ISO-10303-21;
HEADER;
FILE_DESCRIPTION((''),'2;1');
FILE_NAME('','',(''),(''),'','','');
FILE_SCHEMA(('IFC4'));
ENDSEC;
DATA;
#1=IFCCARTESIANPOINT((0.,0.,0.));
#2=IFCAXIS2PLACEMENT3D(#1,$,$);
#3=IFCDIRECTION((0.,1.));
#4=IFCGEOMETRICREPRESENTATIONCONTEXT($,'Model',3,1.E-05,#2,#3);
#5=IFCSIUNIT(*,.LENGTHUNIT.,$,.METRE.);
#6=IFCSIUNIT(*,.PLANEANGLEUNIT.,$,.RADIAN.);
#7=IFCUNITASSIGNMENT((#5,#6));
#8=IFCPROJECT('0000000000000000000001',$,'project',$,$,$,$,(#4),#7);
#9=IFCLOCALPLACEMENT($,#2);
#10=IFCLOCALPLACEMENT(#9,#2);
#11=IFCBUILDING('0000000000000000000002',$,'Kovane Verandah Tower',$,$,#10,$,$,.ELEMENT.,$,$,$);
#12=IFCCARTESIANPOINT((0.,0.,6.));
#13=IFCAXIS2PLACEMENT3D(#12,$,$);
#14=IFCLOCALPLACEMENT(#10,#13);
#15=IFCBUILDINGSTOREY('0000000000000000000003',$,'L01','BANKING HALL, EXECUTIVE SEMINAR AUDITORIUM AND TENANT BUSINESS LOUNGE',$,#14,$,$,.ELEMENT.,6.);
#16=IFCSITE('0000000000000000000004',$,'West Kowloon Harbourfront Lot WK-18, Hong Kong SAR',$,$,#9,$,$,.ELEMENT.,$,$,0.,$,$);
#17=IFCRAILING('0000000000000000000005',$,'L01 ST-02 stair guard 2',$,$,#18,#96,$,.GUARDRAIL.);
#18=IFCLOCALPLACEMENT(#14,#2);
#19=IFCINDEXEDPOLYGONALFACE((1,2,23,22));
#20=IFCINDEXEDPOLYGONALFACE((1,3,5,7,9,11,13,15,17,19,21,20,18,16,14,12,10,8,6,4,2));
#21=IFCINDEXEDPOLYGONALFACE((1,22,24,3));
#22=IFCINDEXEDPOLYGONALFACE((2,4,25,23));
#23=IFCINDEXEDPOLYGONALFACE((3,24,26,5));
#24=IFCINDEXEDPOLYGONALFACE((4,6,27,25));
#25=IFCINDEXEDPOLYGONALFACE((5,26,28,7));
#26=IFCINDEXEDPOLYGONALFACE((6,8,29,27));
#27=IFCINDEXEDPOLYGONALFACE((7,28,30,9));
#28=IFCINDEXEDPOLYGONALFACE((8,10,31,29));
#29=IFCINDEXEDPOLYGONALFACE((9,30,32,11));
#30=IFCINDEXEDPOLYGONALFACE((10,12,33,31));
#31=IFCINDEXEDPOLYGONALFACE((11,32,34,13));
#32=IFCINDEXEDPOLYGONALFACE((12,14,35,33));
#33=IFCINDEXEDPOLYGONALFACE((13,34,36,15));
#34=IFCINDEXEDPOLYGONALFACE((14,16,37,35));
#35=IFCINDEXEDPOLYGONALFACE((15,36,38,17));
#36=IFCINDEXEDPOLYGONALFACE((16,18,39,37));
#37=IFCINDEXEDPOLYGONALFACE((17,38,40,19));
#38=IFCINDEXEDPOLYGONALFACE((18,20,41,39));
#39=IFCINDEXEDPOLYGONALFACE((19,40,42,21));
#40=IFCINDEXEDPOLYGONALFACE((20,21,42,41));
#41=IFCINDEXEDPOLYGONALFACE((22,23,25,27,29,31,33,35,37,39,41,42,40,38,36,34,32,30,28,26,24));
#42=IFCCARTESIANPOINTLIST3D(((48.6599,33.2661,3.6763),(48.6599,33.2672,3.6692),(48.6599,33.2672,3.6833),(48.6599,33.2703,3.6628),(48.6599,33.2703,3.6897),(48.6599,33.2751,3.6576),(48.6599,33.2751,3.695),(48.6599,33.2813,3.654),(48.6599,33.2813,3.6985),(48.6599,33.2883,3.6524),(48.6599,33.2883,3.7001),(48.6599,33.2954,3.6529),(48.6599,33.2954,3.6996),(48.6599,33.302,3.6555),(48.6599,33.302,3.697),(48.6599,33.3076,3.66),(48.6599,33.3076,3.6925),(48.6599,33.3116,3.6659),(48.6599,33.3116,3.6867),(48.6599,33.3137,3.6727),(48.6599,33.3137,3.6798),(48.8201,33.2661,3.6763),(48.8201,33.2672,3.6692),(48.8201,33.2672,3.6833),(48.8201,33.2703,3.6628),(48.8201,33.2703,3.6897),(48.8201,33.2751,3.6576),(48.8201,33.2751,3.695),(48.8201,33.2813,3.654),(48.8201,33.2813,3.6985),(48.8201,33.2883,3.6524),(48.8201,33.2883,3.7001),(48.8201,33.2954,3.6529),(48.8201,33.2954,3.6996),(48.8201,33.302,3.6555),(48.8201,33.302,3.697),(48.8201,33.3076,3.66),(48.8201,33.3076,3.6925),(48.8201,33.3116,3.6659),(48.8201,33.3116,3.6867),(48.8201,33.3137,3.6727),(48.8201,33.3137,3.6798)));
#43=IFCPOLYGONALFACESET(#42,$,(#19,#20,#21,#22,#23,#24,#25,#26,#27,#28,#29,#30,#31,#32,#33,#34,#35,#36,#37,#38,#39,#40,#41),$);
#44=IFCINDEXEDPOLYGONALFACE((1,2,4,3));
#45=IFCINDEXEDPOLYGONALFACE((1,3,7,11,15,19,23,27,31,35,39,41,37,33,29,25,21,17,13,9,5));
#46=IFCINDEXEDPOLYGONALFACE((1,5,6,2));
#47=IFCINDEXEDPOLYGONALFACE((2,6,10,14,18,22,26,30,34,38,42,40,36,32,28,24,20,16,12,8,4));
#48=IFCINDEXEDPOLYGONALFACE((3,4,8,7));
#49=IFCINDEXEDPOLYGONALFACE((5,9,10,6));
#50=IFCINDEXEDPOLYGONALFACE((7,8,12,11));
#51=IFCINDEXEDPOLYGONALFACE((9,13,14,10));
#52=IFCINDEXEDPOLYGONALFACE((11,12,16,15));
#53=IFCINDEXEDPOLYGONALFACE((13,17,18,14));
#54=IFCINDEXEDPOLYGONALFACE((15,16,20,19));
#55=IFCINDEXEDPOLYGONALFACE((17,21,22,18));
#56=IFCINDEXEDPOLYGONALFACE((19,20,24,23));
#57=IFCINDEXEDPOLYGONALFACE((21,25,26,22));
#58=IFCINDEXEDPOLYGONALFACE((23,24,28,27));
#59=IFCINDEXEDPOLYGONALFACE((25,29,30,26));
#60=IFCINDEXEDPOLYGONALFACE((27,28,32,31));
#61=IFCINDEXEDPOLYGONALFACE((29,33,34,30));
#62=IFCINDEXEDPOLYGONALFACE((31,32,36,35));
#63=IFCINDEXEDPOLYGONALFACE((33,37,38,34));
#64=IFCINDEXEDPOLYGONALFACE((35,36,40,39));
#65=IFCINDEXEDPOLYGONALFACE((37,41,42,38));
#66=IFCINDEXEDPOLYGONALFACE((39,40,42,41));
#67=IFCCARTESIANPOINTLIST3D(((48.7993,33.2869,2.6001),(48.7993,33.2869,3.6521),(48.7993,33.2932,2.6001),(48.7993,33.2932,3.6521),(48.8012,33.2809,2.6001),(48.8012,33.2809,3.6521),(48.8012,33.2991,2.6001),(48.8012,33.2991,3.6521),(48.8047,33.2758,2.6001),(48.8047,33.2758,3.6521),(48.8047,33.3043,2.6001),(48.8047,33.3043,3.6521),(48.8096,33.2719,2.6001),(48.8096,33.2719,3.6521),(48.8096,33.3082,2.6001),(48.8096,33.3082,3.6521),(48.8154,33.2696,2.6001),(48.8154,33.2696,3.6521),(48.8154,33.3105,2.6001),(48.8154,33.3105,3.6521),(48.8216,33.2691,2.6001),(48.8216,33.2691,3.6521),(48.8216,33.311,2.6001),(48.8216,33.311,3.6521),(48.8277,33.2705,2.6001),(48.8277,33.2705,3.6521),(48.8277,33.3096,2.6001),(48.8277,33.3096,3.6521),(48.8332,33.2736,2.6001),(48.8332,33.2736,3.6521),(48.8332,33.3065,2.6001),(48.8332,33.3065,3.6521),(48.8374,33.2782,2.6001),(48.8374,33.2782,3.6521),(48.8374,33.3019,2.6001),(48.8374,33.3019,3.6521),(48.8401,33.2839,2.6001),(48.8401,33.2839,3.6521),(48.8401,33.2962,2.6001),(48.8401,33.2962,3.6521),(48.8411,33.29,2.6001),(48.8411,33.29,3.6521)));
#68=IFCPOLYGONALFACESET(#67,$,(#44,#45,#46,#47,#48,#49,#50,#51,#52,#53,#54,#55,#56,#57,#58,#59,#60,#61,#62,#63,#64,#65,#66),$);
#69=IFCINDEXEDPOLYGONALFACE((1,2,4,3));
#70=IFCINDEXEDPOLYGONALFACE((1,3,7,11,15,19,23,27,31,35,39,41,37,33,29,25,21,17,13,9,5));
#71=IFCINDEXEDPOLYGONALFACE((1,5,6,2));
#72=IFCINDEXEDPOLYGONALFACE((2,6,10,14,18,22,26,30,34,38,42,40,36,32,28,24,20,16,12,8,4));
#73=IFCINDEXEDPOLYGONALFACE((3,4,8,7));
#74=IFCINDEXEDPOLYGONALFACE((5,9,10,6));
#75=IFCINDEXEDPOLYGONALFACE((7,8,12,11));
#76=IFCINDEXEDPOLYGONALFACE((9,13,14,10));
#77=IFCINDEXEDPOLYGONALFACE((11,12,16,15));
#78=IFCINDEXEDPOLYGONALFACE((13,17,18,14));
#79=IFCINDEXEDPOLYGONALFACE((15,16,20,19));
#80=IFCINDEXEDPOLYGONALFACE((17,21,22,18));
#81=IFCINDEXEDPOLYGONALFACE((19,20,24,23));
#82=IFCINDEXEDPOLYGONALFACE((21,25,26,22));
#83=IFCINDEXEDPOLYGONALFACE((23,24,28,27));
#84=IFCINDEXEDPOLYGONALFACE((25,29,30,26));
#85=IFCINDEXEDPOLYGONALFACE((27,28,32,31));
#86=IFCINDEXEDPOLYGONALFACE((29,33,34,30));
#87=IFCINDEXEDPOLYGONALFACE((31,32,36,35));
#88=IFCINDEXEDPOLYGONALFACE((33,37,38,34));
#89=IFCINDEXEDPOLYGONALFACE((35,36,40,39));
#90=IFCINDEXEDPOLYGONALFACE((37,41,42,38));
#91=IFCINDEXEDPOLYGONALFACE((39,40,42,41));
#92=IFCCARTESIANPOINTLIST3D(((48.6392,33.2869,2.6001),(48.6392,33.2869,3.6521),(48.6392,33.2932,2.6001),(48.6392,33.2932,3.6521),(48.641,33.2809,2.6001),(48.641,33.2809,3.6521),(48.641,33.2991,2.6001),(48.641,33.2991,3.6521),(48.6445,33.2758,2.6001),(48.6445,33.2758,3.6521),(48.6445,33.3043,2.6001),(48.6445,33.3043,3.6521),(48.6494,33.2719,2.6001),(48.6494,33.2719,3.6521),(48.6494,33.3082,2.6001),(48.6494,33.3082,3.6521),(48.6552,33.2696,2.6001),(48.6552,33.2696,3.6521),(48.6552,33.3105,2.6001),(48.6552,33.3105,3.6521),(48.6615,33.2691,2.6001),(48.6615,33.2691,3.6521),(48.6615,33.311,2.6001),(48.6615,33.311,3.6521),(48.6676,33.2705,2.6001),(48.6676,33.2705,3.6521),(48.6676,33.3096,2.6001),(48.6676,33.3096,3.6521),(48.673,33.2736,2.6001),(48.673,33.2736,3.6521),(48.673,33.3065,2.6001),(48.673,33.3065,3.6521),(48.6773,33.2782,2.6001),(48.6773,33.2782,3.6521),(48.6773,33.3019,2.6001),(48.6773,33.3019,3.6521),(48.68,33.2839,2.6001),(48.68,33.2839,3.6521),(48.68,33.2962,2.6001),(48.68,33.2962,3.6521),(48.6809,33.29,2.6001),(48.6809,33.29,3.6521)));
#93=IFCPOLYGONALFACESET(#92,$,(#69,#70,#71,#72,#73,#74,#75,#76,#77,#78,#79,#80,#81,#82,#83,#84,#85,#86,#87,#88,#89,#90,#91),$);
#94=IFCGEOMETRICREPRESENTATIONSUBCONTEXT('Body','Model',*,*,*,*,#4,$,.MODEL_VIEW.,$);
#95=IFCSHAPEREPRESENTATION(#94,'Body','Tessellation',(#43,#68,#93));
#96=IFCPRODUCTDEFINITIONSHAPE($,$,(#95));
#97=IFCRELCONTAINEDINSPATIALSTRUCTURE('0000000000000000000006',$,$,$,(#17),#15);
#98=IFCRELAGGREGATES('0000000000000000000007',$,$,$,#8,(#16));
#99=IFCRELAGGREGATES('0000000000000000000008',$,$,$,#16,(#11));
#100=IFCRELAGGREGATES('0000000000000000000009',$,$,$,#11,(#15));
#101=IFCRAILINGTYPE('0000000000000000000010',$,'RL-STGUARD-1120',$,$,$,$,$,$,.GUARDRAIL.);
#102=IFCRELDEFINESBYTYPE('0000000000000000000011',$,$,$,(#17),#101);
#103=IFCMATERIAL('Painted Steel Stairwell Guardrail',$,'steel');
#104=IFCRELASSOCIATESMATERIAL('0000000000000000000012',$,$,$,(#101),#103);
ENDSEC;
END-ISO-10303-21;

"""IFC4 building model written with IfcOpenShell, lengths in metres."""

from ifc_helpers import new_model, si_unit, direction, frame, origin, origin_2d, place, context, subcontext, project, spatial, circle, extrude, material, type_object, element, save


model = new_model("IFC4")

# Units and contexts
model_context = context("Model", 3, precision=1e-05, world=origin(), true_north=direction((0.0, 1.0)))
body_context = subcontext(model_context, "Body", "Model", "MODEL_VIEW")
ifc_project = project(units=[si_unit("LENGTHUNIT", "METRE"), si_unit("PLANEANGLEUNIT", "RADIAN")], contexts=[model_context])

# Site, building, storey
site_placement = place(None, origin())
site = spatial("IfcSite", under=ifc_project, at=site_placement, Name="West Kowloon Harbourfront Lot WK-18, Hong Kong SAR", CompositionType="ELEMENT", RefElevation=0.0)
building_placement = place(site_placement, origin())
building = spatial("IfcBuilding", under=site, at=building_placement, Name="Kovane Verandah Tower", CompositionType="ELEMENT")
storey_placement = place(building_placement, frame((0.0, 0.0, 6.0)))
storey = spatial("IfcBuildingStorey", under=building, at=storey_placement, Name="L01", Description="BANKING HALL, EXECUTIVE SEMINAR AUDITORIUM AND TENANT BUSINESS LOUNGE", CompositionType="ELEMENT", Elevation=6.0)

# Railing
ifc_material_1 = material(Name="Painted Steel Stairwell Guardrail", Category="steel")
railing_type_1 = type_object("IfcRailingType", Name="RL-STGUARD-1120", PredefinedType="GUARDRAIL", material=ifc_material_1)
railing_1_placement = place(storey_placement, frame((48.8201, 33.29, 2.6001)))
element("IfcRailing", 1, at=railing_1_placement, inside=storey, type_object=railing_type_1, Name="L01 ST-02 stair guard 2", PredefinedType="GUARDRAIL", context=body_context, shape_type="SweptSolid", body=[
    extrude(circle(Radius=0.0239, at=origin_2d()), frame((0.0, 0.0, 1.0762), z_axis=(-1.0, 0.0, 0.0), x_axis=(0.0, -1.0, 0.0)), (0.0, 0.0, 1.0), 0.1602),
    extrude(circle(Radius=0.021, at=origin_2d()), origin(), (0.0, 0.0, 1.0), 1.052),
    extrude(circle(Radius=0.021, at=origin_2d()), frame((-0.1602, 0.0, 0.0)), (0.0, 0.0, 1.0), 1.052),
])

save(model, "model.ifc")
